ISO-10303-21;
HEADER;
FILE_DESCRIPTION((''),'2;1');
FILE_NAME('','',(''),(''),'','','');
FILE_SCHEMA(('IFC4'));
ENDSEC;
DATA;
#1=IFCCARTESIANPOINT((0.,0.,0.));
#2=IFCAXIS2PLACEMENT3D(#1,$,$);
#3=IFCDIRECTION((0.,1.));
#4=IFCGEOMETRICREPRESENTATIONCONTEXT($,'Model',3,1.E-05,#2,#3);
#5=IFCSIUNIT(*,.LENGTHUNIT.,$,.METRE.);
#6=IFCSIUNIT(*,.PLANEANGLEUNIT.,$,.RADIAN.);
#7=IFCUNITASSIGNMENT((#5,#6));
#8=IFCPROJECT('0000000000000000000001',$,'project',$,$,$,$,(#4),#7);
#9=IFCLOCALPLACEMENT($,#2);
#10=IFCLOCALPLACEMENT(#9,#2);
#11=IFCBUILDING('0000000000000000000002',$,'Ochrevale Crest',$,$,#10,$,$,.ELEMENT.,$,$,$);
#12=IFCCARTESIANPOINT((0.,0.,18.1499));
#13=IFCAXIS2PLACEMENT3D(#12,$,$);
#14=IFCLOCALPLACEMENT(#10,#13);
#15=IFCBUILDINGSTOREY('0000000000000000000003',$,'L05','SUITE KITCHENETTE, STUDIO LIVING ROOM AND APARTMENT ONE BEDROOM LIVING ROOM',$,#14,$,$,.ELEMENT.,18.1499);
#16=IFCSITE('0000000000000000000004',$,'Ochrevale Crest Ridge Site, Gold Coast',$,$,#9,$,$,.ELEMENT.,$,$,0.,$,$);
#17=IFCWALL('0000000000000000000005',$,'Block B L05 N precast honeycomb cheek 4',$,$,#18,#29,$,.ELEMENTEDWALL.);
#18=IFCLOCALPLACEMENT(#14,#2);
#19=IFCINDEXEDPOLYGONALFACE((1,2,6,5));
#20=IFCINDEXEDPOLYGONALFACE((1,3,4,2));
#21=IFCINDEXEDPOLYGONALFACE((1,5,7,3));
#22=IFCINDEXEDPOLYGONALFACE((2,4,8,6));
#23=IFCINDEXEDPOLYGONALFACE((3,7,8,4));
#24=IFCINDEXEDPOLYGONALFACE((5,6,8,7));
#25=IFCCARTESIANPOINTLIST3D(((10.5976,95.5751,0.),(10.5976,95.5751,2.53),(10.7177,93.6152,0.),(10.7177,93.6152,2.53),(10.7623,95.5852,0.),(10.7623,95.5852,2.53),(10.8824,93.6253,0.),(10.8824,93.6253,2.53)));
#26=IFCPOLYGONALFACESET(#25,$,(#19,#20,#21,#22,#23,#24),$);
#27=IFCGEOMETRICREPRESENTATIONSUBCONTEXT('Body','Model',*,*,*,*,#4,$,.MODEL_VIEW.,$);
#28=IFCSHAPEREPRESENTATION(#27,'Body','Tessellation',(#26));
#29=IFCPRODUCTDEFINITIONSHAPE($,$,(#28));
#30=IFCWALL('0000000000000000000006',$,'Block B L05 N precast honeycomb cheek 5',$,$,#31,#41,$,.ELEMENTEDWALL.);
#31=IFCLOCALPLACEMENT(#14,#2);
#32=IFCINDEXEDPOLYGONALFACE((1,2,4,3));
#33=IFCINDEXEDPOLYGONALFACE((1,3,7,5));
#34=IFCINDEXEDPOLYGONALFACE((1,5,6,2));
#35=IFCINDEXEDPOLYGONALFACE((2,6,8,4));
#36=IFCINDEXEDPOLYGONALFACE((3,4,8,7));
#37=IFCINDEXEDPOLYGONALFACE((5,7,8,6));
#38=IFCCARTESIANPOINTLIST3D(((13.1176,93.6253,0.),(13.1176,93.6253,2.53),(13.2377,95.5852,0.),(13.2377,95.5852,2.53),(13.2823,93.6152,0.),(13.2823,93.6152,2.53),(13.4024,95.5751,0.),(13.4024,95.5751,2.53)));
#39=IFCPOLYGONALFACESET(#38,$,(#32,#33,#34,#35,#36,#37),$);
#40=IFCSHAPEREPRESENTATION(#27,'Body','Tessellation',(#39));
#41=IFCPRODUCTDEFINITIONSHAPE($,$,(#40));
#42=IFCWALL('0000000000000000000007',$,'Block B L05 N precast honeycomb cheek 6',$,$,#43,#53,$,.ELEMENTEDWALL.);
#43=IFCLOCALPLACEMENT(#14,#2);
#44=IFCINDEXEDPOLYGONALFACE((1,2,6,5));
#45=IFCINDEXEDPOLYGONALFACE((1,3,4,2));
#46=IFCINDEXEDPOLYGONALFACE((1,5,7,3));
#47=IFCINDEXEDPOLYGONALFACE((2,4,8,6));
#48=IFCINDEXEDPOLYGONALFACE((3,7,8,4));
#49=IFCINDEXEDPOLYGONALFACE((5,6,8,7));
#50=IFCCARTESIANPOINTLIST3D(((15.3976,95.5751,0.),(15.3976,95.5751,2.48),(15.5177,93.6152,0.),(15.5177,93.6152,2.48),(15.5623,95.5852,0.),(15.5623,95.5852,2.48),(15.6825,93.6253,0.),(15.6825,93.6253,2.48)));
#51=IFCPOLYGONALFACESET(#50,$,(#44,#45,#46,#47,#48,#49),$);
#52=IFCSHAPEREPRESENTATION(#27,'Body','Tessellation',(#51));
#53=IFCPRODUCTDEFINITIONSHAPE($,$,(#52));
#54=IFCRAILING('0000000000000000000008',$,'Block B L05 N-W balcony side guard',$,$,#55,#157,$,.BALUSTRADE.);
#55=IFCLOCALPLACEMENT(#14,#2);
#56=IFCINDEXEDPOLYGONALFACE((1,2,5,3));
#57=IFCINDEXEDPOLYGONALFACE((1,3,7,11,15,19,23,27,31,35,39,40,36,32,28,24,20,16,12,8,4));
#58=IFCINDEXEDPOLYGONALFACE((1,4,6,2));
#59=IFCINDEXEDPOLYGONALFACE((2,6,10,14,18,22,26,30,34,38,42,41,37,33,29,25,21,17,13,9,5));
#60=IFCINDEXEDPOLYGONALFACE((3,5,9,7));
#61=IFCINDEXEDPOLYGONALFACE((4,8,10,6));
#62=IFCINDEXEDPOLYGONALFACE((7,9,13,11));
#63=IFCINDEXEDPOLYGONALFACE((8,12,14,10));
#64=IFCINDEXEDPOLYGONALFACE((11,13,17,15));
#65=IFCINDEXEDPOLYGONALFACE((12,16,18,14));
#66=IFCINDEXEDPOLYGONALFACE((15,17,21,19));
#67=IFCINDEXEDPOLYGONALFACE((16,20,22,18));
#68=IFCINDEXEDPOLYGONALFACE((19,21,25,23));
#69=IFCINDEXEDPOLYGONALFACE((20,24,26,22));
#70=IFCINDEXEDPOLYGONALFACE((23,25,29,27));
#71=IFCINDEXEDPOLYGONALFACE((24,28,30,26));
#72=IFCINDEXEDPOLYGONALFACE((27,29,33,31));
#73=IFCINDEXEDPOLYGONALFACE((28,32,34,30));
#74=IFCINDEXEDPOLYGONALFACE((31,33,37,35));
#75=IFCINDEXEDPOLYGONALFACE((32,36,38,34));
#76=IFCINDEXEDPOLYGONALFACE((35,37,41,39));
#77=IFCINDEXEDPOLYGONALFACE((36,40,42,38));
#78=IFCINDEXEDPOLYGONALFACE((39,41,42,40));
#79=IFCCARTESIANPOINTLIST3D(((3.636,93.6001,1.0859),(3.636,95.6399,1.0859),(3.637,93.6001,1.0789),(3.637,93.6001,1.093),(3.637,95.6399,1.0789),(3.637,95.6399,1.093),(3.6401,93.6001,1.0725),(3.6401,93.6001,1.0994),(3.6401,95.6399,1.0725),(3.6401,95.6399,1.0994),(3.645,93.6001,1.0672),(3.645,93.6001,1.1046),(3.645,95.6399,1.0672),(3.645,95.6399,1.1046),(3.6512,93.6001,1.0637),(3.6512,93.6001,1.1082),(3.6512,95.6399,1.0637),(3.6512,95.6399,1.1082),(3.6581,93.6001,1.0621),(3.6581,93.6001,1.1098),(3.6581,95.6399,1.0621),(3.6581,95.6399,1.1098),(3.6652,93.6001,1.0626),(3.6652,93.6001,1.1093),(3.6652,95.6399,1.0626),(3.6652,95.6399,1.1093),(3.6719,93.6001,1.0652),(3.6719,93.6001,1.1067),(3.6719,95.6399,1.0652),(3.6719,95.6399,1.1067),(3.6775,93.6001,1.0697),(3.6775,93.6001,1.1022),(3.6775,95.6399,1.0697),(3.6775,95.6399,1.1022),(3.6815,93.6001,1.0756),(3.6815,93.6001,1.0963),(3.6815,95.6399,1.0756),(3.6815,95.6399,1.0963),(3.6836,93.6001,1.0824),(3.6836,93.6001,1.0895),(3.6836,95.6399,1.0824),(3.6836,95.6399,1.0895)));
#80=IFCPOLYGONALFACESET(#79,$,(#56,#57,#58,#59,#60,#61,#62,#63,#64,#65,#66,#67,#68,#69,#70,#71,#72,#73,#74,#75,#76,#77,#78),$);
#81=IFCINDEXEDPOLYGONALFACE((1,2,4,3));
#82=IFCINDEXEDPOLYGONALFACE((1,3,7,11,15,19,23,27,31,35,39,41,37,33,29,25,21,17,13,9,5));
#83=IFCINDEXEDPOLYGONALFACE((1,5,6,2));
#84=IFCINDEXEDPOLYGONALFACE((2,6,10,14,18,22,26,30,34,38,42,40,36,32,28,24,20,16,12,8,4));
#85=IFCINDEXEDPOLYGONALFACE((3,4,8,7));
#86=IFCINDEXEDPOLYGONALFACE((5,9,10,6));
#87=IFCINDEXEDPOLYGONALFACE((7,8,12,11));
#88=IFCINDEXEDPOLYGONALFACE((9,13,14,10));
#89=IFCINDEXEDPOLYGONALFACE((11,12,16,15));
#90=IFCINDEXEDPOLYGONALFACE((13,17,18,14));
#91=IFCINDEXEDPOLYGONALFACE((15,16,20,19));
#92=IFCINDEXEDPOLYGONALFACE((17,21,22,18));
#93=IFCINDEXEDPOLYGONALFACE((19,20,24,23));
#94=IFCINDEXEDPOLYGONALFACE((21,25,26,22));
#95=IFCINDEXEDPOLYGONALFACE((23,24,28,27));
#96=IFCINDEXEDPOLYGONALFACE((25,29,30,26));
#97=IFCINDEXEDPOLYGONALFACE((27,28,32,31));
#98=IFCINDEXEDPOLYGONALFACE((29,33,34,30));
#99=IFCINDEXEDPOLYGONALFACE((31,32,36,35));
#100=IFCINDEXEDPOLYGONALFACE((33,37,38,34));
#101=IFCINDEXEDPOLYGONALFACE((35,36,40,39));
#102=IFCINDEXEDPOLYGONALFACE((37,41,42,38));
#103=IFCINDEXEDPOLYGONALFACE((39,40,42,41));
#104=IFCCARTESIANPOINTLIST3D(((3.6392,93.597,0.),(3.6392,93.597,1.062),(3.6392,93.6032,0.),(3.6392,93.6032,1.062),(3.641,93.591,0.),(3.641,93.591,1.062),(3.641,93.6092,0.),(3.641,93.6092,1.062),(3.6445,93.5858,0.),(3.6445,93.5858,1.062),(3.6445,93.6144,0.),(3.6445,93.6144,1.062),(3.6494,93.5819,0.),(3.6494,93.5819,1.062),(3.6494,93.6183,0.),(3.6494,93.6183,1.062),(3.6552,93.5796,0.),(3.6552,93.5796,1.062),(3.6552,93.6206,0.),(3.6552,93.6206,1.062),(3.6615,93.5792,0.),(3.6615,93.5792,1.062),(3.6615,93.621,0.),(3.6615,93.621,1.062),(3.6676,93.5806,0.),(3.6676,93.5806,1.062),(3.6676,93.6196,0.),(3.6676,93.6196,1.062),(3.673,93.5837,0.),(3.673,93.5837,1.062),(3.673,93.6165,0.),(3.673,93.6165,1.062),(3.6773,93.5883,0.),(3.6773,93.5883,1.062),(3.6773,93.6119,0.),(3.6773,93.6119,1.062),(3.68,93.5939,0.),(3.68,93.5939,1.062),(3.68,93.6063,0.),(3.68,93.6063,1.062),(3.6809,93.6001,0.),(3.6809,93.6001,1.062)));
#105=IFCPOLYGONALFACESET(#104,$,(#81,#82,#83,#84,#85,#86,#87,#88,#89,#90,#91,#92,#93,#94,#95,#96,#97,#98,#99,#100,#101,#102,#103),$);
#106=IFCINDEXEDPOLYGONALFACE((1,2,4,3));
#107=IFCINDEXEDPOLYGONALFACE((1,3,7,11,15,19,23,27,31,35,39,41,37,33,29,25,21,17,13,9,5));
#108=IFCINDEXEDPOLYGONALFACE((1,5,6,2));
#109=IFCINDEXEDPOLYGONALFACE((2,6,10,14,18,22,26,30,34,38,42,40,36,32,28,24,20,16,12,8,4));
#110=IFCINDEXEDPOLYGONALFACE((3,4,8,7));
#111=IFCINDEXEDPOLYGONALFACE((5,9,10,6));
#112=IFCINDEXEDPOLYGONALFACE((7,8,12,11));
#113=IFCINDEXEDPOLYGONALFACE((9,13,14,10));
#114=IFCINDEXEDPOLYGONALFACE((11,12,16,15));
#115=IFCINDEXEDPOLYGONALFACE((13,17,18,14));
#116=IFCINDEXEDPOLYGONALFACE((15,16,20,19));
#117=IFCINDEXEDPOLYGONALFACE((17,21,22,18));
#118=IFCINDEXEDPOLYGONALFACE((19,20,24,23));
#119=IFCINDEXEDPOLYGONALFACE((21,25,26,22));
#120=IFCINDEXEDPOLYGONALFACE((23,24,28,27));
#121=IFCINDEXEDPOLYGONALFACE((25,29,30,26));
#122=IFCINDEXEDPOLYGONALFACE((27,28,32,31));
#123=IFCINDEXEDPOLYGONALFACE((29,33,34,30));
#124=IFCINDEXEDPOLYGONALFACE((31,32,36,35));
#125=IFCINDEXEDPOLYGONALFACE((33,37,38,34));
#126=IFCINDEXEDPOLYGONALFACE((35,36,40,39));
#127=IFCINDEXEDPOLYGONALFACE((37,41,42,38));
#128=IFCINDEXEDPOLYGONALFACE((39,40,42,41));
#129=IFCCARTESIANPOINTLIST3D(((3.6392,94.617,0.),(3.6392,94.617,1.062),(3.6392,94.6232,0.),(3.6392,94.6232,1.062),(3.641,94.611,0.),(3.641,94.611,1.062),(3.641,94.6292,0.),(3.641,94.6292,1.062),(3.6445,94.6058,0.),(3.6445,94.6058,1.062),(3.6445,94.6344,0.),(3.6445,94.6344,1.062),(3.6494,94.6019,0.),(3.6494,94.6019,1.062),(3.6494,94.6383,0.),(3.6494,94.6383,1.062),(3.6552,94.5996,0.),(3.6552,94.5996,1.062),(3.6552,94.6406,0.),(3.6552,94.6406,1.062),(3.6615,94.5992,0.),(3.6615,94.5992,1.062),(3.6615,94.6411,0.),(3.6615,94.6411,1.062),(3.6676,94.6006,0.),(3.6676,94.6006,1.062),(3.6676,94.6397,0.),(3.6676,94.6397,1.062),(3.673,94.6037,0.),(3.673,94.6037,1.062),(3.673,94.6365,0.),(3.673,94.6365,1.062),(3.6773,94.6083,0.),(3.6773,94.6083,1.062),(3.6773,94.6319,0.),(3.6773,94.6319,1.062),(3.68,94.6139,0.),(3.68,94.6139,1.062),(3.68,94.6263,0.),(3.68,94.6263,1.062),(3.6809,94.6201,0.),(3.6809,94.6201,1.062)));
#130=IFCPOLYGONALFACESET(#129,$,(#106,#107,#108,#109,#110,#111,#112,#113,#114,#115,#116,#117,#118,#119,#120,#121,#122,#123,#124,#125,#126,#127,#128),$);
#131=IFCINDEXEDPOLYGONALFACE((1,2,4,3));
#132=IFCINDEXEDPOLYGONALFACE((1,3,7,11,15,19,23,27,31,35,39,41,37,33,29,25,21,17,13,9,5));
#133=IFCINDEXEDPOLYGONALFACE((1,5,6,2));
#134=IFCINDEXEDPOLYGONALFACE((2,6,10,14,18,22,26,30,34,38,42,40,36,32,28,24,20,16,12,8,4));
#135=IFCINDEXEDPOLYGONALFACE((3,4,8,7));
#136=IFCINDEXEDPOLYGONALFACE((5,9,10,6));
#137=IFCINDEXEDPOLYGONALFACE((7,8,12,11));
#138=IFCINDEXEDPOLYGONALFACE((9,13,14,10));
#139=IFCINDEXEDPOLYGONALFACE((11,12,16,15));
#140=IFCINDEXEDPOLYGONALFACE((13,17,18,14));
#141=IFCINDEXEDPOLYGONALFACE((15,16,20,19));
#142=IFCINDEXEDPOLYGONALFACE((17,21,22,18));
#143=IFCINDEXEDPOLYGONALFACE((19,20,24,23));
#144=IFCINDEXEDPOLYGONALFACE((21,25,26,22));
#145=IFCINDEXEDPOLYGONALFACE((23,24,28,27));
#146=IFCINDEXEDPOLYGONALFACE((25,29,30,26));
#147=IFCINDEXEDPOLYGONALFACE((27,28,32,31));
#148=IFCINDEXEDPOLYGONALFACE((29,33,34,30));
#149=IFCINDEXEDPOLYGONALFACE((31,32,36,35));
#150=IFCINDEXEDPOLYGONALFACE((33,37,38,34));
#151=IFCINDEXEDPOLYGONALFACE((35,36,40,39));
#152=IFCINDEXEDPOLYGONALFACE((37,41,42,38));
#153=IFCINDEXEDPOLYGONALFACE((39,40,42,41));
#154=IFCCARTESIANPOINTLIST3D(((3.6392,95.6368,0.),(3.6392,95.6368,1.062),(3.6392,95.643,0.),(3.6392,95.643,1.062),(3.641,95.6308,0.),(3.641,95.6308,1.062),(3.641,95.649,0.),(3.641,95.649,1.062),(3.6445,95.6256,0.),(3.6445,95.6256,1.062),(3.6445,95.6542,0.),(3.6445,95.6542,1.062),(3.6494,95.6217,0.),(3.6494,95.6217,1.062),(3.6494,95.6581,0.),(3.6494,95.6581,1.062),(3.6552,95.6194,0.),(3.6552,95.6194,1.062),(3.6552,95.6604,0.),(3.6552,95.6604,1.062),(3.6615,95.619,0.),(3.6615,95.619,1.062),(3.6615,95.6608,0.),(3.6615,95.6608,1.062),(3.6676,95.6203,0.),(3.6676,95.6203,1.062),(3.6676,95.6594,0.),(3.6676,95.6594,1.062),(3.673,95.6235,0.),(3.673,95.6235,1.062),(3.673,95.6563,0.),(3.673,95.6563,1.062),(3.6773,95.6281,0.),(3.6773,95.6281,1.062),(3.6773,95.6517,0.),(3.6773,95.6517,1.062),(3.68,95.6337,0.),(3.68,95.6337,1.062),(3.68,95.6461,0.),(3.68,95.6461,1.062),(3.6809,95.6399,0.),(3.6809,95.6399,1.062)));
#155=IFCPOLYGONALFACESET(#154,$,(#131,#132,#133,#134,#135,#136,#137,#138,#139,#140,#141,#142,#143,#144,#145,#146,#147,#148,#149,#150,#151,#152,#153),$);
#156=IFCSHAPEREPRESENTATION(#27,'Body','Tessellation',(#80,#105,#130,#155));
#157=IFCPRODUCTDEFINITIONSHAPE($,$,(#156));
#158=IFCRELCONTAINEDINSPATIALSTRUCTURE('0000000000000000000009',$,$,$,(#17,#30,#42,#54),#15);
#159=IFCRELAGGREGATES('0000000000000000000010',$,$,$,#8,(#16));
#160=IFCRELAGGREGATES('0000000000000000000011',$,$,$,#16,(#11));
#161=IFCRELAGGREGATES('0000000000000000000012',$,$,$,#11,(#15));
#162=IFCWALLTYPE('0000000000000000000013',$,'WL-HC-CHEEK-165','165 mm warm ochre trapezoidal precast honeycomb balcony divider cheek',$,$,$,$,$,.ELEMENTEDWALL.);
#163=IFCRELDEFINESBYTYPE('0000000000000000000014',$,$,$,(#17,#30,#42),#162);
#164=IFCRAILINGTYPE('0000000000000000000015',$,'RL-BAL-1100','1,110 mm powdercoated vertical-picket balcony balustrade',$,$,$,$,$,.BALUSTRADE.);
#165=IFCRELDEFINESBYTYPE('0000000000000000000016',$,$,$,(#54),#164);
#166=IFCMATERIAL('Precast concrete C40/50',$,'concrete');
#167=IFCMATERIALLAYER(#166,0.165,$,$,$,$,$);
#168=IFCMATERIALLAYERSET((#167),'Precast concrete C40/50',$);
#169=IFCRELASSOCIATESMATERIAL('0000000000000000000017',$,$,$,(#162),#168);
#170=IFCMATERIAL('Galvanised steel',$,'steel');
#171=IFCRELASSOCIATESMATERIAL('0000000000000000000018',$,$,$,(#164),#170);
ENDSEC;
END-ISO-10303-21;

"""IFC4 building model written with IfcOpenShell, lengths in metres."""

from ifc_helpers import new_model, si_unit, direction, frame, frame_2d, origin, origin_2d, place, context, subcontext, project, spatial, rectangle, circle, extrude, material, layer, layer_set, type_object, element, save


model = new_model("IFC4")

# Units and contexts
model_context = context("Model", 3, precision=1e-05, world=origin(), true_north=direction((0.0, 1.0)))
body_context = subcontext(model_context, "Body", "Model", "MODEL_VIEW")
ifc_project = project(units=[si_unit("LENGTHUNIT", "METRE"), si_unit("PLANEANGLEUNIT", "RADIAN")], contexts=[model_context])

# Site, building, storey
site_placement = place(None, origin())
site = spatial("IfcSite", under=ifc_project, at=site_placement, Name="Ochrevale Crest Ridge Site, Gold Coast", CompositionType="ELEMENT", RefElevation=0.0)
building_placement = place(site_placement, origin())
building = spatial("IfcBuilding", under=site, at=building_placement, Name="Ochrevale Crest", CompositionType="ELEMENT")
storey_placement = place(building_placement, frame((0.0, 0.0, 18.1499)))
storey = spatial("IfcBuildingStorey", under=building, at=storey_placement, Name="L05", Description="SUITE KITCHENETTE, STUDIO LIVING ROOM AND APARTMENT ONE BEDROOM LIVING ROOM", CompositionType="ELEMENT", Elevation=18.1499)

# Shared definitions
ifc_material_1 = material(Name="Precast concrete C40/50", Category="concrete")

# Walls
ifc_layer_1 = layer(ifc_material_1, 0.165)
ifc_layer_set_1 = layer_set([ifc_layer_1], Name="Precast concrete C40/50")
wall_type = type_object("IfcWallType", Name="WL-HC-CHEEK-165", Description="165 mm warm ochre trapezoidal precast honeycomb balcony divider cheek", PredefinedType="ELEMENTEDWALL", material=ifc_layer_set_1)
for number, where, z_axis, x_axis, name in (
    (1, (10.8, 93.6201, 0.0), (0.0, 0.0, 1.0), (-0.061171, 0.998127, 0.0), "Block B L05 N precast honeycomb cheek 4"),
    (2, (13.2, 93.6201, 0.0), (0.0, 0.0, 1.0), (0.061171, 0.998127, 0.0), "Block B L05 N precast honeycomb cheek 5"),
):
    element("IfcWall", number, at=place(storey_placement, frame(where, z_axis=z_axis, x_axis=x_axis)), inside=storey, type_object=wall_type, Name=name, PredefinedType="ELEMENTEDWALL", context=body_context, shape_type="SweptSolid", body=[
        extrude(rectangle(XDim=1.9636, YDim=0.165, at=frame_2d((0.9819, 0.0))), origin(), (0.0, 0.0, 1.0), 2.53),
    ])
wall_1_placement = place(storey_placement, frame((15.6001, 93.6201, 0.0), z_axis=(0.0, 0.0, 1.0), x_axis=(-0.061171, 0.998127, 0.0)))
element("IfcWall", 3, at=wall_1_placement, inside=storey, type_object=wall_type, Name="Block B L05 N precast honeycomb cheek 6", PredefinedType="ELEMENTEDWALL", context=body_context, shape_type="SweptSolid", body=[
    extrude(rectangle(XDim=1.9636, YDim=0.165, at=frame_2d((0.9819, 0.0))), origin(), (0.0, 0.0, 1.0), 2.48),
])

# Railing
ifc_material_2 = material(Name="Galvanised steel", Category="steel")
railing_type = type_object("IfcRailingType", Name="RL-BAL-1100", Description="1,110 mm powdercoated vertical-picket balcony balustrade", PredefinedType="BALUSTRADE", material=ifc_material_2)
railing_1_placement = place(storey_placement, frame((3.6599, 93.6001, 0.0)))
element("IfcRailing", 4, at=railing_1_placement, inside=storey, type_object=railing_type, Name="Block B L05 N-W balcony side guard", PredefinedType="BALUSTRADE", context=body_context, shape_type="SweptSolid", body=[
    extrude(circle(Radius=0.0239, at=origin_2d()), frame((0.0, 0.0, 1.0859), z_axis=(0.0, 1.0, 0.0), x_axis=(-1.0, 0.0, 0.0)), (0.0, 0.0, 1.0), 2.0398),
    extrude(circle(Radius=0.021, at=origin_2d()), origin(), (0.0, 0.0, 1.0), 1.062),
    extrude(circle(Radius=0.021, at=origin_2d()), frame((0.0, 1.02, 0.0)), (0.0, 0.0, 1.0), 1.062),
    extrude(circle(Radius=0.021, at=origin_2d()), frame((0.0, 2.0398, 0.0)), (0.0, 0.0, 1.0), 1.062),
])

save(model, "model.ifc")
